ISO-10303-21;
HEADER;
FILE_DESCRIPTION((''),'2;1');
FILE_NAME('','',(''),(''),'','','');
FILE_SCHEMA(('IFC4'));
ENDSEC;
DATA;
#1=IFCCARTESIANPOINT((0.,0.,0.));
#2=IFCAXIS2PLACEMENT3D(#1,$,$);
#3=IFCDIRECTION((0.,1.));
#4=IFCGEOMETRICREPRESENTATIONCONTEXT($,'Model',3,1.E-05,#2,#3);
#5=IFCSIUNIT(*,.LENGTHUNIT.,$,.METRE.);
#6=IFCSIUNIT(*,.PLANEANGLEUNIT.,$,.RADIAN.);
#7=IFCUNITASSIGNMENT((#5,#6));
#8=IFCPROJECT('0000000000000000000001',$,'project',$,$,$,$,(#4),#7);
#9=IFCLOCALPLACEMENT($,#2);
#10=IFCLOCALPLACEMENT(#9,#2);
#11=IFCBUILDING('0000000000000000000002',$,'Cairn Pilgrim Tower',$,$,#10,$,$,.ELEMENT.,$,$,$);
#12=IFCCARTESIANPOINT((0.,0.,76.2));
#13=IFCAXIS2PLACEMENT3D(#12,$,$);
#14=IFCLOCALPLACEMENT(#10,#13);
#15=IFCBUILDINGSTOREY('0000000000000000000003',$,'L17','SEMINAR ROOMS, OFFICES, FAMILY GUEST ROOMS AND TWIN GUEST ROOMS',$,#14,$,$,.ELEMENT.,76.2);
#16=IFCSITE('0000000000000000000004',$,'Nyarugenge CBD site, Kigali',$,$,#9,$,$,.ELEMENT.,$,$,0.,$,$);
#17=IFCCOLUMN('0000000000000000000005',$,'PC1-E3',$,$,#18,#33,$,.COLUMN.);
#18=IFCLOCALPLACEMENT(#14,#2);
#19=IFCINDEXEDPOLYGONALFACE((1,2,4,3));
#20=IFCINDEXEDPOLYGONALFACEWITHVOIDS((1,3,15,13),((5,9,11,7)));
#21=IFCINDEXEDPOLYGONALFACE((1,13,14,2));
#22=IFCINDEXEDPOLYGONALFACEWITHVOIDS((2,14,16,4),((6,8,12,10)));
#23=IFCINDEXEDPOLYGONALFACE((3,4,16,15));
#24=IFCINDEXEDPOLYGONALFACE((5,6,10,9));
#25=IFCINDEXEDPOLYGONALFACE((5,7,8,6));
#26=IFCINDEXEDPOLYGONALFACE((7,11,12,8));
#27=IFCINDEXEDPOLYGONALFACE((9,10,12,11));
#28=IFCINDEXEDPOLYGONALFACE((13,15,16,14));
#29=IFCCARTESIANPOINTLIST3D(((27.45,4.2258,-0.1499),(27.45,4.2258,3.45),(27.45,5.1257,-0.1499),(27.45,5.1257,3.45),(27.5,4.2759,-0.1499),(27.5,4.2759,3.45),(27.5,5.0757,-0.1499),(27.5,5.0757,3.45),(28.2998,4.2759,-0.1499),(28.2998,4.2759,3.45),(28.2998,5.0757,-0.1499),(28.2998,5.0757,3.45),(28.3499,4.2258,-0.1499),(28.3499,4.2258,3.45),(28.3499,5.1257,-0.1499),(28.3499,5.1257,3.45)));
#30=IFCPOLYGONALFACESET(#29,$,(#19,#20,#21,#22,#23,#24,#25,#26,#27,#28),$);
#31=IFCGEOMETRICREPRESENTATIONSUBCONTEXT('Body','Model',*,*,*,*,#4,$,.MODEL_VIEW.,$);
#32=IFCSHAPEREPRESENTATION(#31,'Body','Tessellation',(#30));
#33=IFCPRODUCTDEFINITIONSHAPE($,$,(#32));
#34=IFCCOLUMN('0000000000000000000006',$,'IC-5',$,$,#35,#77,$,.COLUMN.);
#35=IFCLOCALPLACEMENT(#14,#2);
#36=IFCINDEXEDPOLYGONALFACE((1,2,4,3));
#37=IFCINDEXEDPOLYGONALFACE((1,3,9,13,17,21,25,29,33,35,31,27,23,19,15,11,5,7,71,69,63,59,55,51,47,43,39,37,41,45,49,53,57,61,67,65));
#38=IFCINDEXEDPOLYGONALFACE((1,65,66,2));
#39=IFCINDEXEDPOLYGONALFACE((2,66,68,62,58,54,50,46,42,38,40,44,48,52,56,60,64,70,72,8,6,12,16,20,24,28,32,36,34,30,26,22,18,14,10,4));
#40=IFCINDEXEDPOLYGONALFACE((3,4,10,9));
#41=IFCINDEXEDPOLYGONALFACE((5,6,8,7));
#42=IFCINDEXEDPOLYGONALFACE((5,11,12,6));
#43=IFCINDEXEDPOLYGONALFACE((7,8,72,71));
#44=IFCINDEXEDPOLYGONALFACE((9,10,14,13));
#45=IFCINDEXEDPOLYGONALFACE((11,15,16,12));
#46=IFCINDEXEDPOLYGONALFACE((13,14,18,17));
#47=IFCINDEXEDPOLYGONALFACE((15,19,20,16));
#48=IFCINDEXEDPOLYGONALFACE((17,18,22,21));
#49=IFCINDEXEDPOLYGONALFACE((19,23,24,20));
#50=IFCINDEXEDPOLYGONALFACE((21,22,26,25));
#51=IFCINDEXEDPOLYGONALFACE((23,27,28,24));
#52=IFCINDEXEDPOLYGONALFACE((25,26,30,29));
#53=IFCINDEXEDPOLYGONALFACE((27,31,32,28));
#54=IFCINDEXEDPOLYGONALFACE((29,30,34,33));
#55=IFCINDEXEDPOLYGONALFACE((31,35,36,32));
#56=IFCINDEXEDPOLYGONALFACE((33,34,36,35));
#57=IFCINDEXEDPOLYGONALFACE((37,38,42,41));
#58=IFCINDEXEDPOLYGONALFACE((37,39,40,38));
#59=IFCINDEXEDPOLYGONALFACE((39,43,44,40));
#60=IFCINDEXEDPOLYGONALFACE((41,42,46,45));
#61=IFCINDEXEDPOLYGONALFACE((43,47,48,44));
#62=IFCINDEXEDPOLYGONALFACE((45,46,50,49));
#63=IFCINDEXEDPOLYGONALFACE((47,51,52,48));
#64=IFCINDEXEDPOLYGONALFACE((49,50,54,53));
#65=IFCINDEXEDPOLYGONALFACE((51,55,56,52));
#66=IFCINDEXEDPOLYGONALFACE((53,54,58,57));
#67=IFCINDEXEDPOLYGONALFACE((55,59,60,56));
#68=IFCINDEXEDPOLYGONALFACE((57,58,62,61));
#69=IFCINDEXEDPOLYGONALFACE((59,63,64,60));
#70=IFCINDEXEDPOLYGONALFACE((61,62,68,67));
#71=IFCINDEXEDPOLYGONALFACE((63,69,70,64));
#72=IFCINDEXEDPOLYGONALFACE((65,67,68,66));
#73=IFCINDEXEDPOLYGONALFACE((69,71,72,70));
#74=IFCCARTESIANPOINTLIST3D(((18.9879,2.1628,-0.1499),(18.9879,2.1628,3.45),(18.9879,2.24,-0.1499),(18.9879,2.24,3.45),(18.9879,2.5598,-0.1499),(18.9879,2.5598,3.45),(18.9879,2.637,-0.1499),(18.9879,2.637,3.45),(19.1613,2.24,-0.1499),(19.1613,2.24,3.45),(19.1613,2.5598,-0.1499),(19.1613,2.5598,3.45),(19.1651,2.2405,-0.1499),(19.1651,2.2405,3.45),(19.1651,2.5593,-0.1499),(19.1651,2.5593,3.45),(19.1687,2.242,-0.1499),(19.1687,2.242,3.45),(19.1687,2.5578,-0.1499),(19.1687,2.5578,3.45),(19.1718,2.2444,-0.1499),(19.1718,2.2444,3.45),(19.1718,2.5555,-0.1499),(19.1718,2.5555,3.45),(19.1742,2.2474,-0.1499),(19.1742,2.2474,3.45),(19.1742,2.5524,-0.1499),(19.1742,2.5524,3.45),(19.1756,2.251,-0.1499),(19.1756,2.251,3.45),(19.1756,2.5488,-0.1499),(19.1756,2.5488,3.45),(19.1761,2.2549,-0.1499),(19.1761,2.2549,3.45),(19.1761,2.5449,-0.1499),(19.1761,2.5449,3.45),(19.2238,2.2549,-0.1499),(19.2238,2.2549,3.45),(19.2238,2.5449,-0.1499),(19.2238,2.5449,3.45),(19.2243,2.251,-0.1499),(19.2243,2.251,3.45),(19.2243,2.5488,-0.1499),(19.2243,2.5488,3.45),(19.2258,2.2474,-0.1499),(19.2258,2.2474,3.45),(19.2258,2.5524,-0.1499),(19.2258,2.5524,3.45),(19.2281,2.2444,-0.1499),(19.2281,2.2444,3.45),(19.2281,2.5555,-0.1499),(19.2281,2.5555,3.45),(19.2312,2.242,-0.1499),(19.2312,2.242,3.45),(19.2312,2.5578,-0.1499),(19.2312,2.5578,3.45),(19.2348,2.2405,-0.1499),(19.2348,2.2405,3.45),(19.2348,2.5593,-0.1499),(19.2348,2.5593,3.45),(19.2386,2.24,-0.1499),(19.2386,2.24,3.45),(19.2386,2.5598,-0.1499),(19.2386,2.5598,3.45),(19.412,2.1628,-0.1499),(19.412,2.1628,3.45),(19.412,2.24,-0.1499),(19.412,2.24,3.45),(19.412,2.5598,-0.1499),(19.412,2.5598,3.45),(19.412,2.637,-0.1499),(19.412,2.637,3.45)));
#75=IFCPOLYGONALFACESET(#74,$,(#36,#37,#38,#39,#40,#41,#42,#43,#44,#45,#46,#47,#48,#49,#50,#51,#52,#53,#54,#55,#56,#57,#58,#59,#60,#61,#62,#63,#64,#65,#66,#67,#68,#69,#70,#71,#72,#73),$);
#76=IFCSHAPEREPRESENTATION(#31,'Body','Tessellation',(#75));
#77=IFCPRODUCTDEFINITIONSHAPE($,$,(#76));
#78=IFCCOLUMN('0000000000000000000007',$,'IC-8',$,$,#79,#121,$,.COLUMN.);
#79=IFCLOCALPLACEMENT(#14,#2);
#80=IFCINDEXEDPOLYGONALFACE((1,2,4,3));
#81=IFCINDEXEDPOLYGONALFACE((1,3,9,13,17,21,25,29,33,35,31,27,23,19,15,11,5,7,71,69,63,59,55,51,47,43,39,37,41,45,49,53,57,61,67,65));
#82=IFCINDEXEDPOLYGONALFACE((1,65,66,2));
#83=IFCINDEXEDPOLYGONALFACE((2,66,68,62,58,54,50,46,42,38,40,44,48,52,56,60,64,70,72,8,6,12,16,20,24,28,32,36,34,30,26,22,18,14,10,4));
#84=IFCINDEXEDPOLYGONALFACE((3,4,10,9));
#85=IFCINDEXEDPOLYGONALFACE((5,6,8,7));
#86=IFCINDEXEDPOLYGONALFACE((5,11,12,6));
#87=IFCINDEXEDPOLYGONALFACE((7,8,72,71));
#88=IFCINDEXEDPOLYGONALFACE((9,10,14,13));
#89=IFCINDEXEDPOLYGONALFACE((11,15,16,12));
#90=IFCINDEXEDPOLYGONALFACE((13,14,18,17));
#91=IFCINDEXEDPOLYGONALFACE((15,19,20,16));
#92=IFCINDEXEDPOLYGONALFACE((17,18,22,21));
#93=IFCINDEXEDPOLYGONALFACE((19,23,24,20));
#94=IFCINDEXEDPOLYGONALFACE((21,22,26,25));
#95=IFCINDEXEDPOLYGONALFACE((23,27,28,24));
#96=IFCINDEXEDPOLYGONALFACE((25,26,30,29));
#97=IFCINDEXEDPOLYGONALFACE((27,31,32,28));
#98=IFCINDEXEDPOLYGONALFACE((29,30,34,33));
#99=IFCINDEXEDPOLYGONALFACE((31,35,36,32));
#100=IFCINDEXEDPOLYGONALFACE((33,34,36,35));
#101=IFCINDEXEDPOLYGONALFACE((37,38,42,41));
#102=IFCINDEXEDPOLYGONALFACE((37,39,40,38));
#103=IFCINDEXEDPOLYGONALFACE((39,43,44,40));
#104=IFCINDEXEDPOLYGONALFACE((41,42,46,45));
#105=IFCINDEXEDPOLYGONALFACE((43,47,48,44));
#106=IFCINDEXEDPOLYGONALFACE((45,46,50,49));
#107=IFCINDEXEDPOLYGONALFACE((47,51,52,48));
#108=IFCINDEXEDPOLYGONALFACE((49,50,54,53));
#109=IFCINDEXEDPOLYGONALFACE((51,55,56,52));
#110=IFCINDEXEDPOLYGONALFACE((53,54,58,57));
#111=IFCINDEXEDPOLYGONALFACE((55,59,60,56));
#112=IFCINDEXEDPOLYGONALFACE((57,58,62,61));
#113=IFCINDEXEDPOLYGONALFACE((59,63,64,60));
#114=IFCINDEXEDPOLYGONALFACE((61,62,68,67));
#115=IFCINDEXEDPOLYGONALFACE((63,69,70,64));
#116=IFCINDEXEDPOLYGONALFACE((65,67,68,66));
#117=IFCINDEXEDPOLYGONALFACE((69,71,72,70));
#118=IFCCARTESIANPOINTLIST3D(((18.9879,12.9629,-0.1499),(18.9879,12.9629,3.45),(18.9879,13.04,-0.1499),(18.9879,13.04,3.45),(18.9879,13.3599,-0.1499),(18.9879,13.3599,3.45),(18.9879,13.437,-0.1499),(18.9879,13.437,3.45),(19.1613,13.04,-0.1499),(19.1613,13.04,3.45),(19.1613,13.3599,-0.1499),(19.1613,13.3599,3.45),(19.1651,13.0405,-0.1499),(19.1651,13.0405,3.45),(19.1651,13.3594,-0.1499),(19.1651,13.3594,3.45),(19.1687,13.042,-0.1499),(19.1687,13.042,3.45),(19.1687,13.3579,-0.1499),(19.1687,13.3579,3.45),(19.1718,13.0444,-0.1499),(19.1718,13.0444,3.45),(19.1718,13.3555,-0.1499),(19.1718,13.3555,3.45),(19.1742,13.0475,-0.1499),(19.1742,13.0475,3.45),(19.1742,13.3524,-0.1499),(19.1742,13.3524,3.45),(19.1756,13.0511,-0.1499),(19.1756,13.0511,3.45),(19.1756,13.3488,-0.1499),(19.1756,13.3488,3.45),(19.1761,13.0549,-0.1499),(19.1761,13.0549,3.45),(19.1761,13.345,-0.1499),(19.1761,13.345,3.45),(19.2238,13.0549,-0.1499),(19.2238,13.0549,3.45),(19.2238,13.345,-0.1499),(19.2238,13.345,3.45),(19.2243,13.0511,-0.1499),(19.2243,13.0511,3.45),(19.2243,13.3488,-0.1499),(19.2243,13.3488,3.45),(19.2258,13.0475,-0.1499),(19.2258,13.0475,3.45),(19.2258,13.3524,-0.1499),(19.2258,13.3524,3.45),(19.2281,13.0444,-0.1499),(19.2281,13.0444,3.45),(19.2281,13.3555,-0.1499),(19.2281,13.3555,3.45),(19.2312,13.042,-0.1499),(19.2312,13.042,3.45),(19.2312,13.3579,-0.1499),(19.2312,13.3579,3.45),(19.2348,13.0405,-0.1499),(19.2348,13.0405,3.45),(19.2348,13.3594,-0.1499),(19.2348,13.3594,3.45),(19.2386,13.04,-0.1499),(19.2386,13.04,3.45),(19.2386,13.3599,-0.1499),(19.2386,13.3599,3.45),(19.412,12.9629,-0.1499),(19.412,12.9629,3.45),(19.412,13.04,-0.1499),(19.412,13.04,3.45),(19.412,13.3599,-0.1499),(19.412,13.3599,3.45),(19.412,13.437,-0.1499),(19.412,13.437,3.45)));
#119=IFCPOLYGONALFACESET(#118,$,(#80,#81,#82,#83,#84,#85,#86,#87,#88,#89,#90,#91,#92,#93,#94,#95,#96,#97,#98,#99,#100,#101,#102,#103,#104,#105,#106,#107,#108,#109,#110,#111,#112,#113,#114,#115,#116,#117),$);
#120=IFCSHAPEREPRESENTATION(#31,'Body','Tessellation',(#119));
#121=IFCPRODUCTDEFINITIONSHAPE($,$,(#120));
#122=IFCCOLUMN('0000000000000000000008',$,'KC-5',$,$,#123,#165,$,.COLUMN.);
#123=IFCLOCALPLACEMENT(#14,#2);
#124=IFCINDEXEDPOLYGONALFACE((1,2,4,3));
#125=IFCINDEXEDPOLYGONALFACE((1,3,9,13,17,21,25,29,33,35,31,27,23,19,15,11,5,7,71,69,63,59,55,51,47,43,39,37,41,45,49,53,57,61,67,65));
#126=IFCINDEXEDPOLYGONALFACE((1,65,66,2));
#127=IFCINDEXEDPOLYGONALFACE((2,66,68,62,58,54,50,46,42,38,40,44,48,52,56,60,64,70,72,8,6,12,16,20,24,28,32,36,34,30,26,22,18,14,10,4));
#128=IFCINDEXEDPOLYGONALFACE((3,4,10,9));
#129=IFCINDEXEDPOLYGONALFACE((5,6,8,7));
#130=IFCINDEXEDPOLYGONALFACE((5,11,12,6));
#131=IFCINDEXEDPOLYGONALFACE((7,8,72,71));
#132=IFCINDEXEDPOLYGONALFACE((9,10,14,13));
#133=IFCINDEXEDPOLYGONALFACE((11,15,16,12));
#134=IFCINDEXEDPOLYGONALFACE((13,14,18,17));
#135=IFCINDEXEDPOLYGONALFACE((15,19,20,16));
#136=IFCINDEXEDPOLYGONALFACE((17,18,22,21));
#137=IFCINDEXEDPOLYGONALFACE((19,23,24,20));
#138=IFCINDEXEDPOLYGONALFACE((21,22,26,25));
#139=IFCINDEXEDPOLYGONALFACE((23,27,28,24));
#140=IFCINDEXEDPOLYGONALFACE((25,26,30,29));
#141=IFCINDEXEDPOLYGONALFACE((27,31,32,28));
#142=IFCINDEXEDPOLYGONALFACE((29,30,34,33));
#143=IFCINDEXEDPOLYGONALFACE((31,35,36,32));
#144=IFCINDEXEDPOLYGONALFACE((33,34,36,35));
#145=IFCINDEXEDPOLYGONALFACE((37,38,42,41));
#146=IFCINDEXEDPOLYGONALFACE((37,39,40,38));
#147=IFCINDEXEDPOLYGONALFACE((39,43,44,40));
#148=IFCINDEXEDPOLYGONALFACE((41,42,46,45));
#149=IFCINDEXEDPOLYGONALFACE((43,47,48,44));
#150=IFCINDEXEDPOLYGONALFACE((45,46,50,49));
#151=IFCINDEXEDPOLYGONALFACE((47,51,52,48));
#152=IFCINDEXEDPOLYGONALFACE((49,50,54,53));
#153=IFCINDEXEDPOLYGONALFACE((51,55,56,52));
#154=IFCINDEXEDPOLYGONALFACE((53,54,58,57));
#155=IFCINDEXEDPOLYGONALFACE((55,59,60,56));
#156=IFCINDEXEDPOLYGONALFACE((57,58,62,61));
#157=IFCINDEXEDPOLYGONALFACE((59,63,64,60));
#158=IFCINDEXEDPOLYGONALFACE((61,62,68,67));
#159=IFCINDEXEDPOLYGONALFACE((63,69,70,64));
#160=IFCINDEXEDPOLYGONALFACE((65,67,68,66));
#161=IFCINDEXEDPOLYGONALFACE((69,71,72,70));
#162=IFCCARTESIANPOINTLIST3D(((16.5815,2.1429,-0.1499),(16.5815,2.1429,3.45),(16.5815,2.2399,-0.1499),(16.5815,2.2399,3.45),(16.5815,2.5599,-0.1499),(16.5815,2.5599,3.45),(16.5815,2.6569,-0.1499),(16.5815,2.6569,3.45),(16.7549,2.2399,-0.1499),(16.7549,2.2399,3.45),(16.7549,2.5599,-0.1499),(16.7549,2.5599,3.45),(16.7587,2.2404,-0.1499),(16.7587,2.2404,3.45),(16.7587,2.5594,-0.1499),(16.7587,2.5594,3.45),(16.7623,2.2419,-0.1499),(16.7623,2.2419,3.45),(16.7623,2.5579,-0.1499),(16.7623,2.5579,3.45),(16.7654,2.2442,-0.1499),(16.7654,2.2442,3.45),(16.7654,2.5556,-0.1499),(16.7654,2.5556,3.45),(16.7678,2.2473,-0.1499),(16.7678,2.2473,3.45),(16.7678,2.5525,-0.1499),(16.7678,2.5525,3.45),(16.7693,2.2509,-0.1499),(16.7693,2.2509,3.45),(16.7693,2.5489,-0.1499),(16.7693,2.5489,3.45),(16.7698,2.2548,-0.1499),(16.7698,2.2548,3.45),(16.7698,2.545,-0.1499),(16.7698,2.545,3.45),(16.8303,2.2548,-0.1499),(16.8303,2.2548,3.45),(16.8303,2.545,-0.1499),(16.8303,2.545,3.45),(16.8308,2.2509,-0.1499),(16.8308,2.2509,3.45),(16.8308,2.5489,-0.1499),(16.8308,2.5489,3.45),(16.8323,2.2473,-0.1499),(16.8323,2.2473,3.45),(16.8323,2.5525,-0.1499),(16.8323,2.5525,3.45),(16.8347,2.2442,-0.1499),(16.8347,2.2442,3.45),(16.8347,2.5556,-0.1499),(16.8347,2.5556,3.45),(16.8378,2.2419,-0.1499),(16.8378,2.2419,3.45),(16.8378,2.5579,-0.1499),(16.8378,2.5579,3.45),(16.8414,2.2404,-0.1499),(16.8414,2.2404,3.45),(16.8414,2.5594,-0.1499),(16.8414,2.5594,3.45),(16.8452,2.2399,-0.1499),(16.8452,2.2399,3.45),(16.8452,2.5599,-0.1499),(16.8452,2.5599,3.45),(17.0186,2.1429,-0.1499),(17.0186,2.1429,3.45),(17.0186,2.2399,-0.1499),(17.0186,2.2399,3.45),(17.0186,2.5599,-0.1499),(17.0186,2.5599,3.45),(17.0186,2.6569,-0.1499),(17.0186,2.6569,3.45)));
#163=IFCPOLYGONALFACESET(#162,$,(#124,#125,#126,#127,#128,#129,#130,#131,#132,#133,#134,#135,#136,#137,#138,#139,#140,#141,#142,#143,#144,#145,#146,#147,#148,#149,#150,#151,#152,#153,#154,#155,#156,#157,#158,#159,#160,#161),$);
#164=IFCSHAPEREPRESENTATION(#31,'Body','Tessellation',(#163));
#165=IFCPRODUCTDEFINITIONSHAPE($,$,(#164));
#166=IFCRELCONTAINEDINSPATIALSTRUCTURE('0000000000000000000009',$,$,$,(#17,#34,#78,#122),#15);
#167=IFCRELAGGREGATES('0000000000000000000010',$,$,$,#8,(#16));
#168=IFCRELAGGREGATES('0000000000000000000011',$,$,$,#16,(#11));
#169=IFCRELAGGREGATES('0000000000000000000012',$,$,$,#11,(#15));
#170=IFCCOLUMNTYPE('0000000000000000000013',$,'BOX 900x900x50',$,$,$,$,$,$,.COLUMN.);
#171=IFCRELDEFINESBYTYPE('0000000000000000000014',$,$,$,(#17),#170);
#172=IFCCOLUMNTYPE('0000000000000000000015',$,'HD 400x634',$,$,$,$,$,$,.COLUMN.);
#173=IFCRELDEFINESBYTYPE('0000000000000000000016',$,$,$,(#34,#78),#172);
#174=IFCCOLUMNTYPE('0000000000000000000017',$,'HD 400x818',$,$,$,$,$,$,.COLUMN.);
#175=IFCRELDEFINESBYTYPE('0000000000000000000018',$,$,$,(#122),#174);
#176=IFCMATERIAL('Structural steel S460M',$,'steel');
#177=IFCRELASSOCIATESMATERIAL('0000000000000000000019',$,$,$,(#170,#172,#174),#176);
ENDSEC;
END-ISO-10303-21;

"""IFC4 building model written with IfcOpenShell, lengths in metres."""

from ifc_helpers import new_model, si_unit, direction, frame, origin, origin_2d, place, context, subcontext, project, spatial, hollow_rectangle, i_section, extrude, material, material_profile, profile_set, type_object, element, save


model = new_model("IFC4")

# Units and contexts
model_context = context("Model", 3, precision=1e-05, world=origin(), true_north=direction((0.0, 1.0)))
body_context = subcontext(model_context, "Body", "Model", "MODEL_VIEW")
ifc_project = project(units=[si_unit("LENGTHUNIT", "METRE"), si_unit("PLANEANGLEUNIT", "RADIAN")], contexts=[model_context])

# Site, building, storey
site_placement = place(None, origin())
site = spatial("IfcSite", under=ifc_project, at=site_placement, Name="Nyarugenge CBD site, Kigali", CompositionType="ELEMENT", RefElevation=0.0)
building_placement = place(site_placement, origin())
building = spatial("IfcBuilding", under=site, at=building_placement, Name="Cairn Pilgrim Tower", CompositionType="ELEMENT")
storey_placement = place(building_placement, frame((0.0, 0.0, 76.2)))
storey = spatial("IfcBuildingStorey", under=building, at=storey_placement, Name="L17", Description="SEMINAR ROOMS, OFFICES, FAMILY GUEST ROOMS AND TWIN GUEST ROOMS", CompositionType="ELEMENT", Elevation=76.2)

# Columns
ifc_material_1 = material(Name="Structural steel S460M", Category="steel")
ifc_material_profile_1 = material_profile(ifc_material_1, hollow_rectangle(XDim=0.8999, YDim=0.8999, WallThickness=0.05, at=origin_2d()), Name="BOX 900x900x50")
ifc_profile_set_1 = profile_set([ifc_material_profile_1], Name="Structural steel S460M")
column_type_1 = type_object("IfcColumnType", Name="BOX 900x900x50", PredefinedType="COLUMN", material=ifc_profile_set_1)
column_placement = place(storey_placement, frame((27.8999, 4.6758, -0.1499), z_axis=(0.0, 0.0, 1.0), x_axis=(1.0, 0.0, 0.0)))
element("IfcColumn", 1, at=column_placement, inside=storey, type_object=column_type_1, Name="PC1-E3", PredefinedType="COLUMN", context=body_context, shape_type="SweptSolid", body=[
    extrude(hollow_rectangle(XDim=0.8999, YDim=0.8999, WallThickness=0.05, at=origin_2d()), origin(), (0.0, 0.0, 1.0), 3.5999),
])
ifc_material_profile_2 = material_profile(ifc_material_1, i_section(OverallWidth=0.4241, OverallDepth=0.4741, WebThickness=0.0476, FlangeThickness=0.0771, FilletRadius=0.0149, at=origin_2d()), Name="HD 400x634")
ifc_profile_set_2 = profile_set([ifc_material_profile_2], Name="Structural steel S460M")
column_type_2 = type_object("IfcColumnType", Name="HD 400x634", PredefinedType="COLUMN", material=ifc_profile_set_2)
for number, where, z_axis, x_axis, name in (
    (2, (19.2, 2.3999, -0.1499), (0.0, 0.0, 1.0), (1.0, 0.0, 0.0), "IC-5"),
    (3, (19.2, 13.2, -0.1499), (0.0, 0.0, 1.0), (1.0, 0.0, 0.0), "IC-8"),
):
    element("IfcColumn", number, at=place(storey_placement, frame(where, z_axis=z_axis, x_axis=x_axis)), inside=storey, type_object=column_type_2, Name=name, PredefinedType="COLUMN", context=body_context, shape_type="SweptSolid", body=[
        extrude(i_section(OverallWidth=0.4241, OverallDepth=0.4741, WebThickness=0.0476, FlangeThickness=0.0771, FilletRadius=0.0149, at=origin_2d()), origin(), (0.0, 0.0, 1.0), 3.5999),
    ])
ifc_material_profile_3 = material_profile(ifc_material_1, i_section(OverallWidth=0.437, OverallDepth=0.5139, WebThickness=0.0605, FlangeThickness=0.0969, FilletRadius=0.0149, at=origin_2d()), Name="HD 400x818")
ifc_profile_set_3 = profile_set([ifc_material_profile_3], Name="Structural steel S460M")
column_type_3 = type_object("IfcColumnType", Name="HD 400x818", PredefinedType="COLUMN", material=ifc_profile_set_3)
for number, where, z_axis, x_axis, name in (
    (4, (16.8, 2.3999, -0.1499), (0.0, 0.0, 1.0), (1.0, 0.0, 0.0), "KC-5"),
):
    element("IfcColumn", number, at=place(storey_placement, frame(where, z_axis=z_axis, x_axis=x_axis)), inside=storey, type_object=column_type_3, Name=name, PredefinedType="COLUMN", context=body_context, shape_type="SweptSolid", body=[
        extrude(i_section(OverallWidth=0.437, OverallDepth=0.5139, WebThickness=0.0605, FlangeThickness=0.0969, FilletRadius=0.0149, at=origin_2d()), origin(), (0.0, 0.0, 1.0), 3.5999),
    ])

save(model, "model.ifc")
